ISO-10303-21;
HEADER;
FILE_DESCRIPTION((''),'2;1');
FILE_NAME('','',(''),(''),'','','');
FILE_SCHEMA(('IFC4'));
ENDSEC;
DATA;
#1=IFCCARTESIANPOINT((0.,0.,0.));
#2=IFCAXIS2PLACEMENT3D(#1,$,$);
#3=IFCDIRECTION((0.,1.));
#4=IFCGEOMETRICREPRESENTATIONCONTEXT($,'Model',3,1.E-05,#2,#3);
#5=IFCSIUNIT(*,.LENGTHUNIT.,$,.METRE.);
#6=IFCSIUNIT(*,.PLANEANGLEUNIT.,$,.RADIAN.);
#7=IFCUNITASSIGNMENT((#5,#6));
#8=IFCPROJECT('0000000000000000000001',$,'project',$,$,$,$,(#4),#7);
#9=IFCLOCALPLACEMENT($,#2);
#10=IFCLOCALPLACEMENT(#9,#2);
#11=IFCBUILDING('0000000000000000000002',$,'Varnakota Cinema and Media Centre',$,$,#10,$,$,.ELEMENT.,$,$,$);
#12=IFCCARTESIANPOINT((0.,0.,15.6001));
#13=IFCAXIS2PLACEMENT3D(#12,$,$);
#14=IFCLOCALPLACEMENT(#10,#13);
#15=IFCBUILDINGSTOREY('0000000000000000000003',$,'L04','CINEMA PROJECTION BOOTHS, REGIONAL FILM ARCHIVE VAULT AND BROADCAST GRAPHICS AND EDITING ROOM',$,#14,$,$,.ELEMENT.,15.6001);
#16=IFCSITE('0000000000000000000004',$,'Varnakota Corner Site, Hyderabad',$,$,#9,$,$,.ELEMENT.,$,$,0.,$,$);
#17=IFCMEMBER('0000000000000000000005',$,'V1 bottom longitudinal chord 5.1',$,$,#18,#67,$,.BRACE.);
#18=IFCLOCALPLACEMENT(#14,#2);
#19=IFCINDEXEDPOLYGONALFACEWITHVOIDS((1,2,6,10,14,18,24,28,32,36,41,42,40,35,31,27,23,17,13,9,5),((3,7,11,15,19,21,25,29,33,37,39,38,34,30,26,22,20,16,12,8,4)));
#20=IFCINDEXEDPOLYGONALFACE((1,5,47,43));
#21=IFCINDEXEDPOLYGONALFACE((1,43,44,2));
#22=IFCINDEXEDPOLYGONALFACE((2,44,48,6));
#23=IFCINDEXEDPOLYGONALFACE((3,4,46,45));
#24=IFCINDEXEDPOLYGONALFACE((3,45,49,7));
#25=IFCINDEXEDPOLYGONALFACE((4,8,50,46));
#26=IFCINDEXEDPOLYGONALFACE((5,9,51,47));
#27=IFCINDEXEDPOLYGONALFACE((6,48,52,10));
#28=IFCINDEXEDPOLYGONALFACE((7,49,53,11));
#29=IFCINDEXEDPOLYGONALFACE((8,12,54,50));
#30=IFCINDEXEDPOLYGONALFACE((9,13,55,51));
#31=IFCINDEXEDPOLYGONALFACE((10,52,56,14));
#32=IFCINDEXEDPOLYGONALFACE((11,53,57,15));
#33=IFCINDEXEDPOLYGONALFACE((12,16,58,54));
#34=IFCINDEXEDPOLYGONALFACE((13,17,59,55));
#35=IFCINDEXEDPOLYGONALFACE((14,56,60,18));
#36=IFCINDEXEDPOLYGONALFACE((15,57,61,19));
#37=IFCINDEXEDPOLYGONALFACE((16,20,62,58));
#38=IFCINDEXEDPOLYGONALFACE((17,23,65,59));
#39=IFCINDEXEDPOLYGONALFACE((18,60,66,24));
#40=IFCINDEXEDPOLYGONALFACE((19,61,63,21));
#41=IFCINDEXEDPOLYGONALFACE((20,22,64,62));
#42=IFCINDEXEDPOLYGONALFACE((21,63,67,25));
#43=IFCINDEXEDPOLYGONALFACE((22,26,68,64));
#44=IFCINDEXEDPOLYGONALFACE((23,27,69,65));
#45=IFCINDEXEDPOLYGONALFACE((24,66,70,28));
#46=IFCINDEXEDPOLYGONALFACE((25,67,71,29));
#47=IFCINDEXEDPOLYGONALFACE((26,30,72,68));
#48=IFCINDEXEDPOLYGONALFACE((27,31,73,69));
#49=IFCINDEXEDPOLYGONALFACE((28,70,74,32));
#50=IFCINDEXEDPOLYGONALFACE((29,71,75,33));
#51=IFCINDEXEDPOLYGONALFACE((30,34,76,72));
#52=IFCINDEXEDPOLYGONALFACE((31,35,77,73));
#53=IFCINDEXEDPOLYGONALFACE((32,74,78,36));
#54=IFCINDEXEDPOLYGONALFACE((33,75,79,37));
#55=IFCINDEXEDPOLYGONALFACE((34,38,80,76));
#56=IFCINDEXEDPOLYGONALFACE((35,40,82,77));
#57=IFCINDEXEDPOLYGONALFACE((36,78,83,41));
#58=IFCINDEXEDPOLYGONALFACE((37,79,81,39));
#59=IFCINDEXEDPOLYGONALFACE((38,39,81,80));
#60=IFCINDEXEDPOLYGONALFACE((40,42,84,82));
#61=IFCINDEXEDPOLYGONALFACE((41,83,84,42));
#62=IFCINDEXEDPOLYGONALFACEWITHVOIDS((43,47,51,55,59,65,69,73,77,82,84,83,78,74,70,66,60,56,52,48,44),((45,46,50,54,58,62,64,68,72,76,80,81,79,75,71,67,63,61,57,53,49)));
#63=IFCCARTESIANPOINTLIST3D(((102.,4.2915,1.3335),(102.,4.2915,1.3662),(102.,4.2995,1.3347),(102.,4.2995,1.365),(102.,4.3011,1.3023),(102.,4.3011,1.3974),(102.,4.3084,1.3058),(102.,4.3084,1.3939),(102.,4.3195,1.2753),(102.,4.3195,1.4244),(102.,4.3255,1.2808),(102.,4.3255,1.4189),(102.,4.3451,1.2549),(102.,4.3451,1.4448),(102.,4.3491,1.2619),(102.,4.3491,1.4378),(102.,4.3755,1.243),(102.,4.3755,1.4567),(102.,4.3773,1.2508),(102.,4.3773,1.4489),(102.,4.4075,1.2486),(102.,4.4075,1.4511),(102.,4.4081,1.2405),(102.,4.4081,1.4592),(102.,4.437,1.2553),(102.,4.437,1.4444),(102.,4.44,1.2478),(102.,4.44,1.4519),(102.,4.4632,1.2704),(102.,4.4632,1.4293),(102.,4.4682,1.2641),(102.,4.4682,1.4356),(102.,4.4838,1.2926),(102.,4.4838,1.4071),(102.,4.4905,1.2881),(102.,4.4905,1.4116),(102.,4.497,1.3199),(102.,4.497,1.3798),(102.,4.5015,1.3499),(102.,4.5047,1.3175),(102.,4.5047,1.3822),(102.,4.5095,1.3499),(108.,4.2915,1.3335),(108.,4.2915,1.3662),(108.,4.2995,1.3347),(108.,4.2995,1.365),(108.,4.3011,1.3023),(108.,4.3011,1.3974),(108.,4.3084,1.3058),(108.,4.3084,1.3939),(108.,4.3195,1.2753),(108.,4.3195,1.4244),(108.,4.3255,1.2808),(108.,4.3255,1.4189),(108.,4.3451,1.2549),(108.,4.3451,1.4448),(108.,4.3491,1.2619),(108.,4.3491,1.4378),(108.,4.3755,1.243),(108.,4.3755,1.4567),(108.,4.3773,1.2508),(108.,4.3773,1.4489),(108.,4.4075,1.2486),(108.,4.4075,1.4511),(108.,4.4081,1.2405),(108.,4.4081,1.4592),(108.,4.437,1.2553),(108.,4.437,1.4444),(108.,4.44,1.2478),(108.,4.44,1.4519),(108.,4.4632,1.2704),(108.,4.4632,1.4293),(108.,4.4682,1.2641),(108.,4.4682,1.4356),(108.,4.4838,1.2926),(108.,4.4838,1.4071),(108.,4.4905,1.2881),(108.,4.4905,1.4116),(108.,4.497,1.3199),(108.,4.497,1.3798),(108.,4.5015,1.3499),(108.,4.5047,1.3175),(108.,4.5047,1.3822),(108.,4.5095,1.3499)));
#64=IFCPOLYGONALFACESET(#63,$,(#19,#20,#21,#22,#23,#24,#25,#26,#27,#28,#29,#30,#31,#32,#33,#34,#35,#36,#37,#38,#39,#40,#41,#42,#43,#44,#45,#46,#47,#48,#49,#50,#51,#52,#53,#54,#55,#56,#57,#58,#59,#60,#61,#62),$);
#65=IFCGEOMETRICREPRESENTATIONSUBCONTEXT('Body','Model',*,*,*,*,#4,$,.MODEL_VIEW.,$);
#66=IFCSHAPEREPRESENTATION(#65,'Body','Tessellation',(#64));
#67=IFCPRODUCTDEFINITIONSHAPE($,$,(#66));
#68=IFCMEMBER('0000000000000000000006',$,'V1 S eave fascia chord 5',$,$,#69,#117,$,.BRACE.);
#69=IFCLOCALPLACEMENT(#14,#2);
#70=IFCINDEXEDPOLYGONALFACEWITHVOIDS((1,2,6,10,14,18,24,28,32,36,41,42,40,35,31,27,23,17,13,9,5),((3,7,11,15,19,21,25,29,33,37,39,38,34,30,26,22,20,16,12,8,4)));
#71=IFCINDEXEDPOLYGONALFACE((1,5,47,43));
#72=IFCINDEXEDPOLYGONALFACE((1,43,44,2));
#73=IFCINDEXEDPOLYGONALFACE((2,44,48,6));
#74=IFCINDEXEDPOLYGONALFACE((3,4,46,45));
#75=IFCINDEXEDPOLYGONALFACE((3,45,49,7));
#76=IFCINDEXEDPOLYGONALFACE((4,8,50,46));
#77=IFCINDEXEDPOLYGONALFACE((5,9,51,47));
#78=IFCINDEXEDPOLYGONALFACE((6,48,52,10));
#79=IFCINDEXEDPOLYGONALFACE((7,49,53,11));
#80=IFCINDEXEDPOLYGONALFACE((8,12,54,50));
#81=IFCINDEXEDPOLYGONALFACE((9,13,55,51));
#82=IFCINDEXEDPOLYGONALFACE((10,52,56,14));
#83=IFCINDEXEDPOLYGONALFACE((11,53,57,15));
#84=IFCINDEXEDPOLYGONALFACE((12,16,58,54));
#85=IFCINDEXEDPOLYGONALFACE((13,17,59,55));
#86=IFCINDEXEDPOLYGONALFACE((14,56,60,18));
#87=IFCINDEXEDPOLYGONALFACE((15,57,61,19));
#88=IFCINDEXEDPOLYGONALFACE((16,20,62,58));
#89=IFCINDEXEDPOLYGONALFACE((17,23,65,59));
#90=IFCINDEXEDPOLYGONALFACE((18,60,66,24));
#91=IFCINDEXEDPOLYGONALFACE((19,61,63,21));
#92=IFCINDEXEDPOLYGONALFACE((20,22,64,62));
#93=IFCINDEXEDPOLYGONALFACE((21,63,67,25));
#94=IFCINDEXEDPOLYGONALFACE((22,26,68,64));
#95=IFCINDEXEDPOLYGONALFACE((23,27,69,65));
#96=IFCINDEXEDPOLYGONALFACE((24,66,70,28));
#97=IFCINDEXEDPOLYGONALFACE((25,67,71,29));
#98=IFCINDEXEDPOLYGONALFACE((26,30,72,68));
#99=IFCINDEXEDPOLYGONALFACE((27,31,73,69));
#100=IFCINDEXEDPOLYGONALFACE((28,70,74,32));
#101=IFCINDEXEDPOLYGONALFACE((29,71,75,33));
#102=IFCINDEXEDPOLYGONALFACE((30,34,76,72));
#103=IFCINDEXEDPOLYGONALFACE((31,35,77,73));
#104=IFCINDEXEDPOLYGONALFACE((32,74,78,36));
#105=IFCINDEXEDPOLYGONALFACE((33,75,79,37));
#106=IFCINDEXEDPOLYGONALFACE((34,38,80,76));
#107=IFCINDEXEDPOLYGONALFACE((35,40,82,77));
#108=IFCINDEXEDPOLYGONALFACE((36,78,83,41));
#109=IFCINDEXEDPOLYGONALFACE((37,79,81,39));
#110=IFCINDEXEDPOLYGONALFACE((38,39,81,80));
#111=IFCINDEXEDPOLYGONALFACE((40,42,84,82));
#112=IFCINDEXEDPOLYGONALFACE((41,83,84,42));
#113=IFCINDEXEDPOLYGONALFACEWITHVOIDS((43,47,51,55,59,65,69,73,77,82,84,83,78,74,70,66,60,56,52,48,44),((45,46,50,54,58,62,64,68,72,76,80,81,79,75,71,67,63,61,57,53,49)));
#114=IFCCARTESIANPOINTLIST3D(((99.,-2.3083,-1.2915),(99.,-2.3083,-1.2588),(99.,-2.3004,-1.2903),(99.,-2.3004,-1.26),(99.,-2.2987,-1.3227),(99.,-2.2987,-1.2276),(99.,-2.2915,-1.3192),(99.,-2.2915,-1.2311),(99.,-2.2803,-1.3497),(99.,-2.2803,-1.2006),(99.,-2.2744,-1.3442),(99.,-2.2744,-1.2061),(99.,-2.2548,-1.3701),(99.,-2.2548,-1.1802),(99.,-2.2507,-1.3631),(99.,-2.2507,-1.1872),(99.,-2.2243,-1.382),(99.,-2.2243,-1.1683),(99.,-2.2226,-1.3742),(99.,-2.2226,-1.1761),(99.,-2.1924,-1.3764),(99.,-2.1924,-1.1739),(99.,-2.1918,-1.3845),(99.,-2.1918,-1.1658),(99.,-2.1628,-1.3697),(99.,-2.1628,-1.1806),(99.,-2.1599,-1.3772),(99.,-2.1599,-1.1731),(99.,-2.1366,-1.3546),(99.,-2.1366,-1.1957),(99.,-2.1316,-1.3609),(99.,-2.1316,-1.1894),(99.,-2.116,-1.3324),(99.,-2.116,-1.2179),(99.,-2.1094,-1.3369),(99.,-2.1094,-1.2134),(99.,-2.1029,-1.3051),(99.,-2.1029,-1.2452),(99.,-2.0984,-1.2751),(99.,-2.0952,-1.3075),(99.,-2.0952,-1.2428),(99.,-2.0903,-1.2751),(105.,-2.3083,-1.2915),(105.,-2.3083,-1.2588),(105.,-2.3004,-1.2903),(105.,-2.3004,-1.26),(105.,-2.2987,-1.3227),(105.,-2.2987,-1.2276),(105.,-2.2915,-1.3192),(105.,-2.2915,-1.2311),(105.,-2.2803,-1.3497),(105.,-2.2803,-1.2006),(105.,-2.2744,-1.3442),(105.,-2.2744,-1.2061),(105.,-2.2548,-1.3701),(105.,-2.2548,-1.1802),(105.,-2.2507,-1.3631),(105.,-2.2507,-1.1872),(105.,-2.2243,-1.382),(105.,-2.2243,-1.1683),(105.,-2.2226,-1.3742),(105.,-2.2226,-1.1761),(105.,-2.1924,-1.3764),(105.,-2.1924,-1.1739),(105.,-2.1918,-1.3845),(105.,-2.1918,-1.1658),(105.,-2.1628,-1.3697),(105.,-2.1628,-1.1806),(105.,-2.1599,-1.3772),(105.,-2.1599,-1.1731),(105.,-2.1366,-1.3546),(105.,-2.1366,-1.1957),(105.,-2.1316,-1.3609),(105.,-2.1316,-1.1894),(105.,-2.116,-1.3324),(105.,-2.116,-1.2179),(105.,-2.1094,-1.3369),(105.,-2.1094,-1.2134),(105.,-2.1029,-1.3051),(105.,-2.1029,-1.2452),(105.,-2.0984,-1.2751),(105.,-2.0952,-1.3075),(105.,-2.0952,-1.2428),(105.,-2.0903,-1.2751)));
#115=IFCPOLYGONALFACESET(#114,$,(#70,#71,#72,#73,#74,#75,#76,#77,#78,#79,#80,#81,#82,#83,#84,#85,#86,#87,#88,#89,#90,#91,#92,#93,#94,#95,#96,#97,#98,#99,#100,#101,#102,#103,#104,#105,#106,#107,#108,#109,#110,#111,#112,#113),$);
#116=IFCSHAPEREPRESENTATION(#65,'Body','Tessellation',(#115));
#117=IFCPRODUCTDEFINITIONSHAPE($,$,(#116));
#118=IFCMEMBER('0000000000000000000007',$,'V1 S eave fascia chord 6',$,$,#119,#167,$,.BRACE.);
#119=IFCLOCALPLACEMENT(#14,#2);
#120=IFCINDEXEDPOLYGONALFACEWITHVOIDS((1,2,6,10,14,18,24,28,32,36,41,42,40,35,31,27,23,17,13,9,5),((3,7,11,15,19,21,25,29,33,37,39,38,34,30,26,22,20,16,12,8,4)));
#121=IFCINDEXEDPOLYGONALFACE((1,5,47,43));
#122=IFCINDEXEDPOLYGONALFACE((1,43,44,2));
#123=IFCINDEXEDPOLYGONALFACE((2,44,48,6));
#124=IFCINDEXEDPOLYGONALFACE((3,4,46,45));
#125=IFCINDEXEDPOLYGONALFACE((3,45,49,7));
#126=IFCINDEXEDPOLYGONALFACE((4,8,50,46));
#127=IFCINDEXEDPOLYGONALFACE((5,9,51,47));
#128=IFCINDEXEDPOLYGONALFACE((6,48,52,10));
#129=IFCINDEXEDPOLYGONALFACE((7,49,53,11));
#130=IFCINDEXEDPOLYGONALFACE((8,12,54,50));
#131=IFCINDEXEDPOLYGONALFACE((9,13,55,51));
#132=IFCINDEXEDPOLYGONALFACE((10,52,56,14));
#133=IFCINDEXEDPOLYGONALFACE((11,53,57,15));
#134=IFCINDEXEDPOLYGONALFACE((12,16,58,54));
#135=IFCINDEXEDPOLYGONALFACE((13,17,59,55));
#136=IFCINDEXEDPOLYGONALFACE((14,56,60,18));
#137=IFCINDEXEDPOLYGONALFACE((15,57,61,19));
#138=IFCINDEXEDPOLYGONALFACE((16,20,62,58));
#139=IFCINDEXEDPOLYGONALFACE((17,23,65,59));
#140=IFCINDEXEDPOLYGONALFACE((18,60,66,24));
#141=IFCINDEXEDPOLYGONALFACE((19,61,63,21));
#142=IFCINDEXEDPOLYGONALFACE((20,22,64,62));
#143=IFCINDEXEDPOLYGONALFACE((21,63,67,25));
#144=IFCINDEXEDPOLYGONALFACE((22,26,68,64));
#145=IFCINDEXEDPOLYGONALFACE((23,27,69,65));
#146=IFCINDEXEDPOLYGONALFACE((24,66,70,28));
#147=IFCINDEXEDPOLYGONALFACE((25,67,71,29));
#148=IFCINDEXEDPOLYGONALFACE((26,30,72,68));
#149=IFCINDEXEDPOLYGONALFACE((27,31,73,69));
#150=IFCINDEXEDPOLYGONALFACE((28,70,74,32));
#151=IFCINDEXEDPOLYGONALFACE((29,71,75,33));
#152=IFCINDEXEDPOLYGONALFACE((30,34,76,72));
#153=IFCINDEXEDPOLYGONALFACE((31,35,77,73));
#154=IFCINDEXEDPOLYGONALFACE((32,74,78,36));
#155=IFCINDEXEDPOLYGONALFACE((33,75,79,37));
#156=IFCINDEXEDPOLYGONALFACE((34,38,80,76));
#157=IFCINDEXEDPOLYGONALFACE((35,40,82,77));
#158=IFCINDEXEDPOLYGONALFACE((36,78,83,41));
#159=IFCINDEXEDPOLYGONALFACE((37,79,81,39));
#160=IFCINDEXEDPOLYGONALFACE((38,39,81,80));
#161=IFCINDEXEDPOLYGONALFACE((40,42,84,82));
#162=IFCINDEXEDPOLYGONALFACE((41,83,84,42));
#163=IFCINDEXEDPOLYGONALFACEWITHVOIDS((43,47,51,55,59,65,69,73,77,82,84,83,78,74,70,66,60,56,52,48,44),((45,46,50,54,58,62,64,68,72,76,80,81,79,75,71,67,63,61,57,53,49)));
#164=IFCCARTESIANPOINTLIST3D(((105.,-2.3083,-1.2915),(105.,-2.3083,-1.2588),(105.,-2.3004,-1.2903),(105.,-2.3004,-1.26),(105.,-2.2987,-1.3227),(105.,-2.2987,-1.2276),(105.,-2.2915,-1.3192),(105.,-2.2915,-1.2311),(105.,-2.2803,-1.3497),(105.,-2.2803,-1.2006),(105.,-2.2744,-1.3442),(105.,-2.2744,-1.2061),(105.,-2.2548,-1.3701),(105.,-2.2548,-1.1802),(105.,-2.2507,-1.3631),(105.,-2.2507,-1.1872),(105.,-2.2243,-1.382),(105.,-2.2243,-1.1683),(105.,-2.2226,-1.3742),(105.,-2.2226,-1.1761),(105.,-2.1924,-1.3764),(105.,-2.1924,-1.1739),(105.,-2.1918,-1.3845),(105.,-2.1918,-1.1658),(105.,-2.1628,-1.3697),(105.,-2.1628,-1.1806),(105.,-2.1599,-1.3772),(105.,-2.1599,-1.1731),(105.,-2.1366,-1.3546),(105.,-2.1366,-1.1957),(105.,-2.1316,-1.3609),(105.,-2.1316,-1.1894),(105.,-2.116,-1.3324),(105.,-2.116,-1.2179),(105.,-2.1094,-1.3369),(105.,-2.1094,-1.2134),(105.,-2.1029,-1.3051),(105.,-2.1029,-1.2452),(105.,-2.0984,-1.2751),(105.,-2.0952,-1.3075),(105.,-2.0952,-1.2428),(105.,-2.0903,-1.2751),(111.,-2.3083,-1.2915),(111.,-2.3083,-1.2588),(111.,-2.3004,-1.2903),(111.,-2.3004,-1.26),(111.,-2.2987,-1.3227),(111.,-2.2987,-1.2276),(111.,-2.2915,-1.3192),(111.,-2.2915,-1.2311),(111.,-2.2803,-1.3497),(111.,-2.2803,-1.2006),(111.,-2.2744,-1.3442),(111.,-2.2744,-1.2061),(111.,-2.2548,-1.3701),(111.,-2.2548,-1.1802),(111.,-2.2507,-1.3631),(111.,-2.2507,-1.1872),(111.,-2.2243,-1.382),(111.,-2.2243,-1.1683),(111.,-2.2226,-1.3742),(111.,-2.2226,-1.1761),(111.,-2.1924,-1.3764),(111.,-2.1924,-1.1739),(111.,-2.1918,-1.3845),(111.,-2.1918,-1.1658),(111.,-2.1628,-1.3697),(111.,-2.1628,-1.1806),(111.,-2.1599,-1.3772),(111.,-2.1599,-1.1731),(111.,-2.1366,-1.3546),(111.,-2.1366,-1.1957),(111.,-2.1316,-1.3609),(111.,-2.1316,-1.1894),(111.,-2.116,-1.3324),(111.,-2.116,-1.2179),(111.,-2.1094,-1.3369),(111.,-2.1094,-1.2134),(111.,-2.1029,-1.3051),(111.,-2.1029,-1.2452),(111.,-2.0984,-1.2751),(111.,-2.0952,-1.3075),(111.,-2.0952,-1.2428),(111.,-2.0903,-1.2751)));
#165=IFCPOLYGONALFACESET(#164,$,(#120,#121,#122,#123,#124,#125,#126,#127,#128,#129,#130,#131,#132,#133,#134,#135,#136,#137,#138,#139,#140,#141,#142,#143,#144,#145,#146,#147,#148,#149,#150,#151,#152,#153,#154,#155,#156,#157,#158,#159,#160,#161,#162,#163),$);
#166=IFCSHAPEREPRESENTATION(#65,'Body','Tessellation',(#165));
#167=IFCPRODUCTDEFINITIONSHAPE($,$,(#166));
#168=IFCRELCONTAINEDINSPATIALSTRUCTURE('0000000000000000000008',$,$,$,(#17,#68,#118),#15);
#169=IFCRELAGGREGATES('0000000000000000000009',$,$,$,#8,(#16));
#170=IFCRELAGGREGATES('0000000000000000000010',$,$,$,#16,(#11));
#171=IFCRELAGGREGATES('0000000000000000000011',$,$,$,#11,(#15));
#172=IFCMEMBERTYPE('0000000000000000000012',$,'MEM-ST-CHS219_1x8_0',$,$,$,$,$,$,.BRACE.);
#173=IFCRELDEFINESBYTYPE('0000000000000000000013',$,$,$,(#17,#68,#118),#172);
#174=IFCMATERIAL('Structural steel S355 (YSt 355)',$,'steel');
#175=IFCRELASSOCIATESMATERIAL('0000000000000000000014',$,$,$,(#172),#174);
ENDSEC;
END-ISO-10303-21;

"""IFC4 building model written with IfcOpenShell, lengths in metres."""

from ifc_helpers import new_model, si_unit, direction, frame, origin, origin_2d, place, context, subcontext, project, spatial, hollow_circle, extrude, material, material_profile, profile_set, type_object, element, save


model = new_model("IFC4")

# Units and contexts
model_context = context("Model", 3, precision=1e-05, world=origin(), true_north=direction((0.0, 1.0)))
body_context = subcontext(model_context, "Body", "Model", "MODEL_VIEW")
ifc_project = project(units=[si_unit("LENGTHUNIT", "METRE"), si_unit("PLANEANGLEUNIT", "RADIAN")], contexts=[model_context])

# Site, building, storey
site_placement = place(None, origin())
site = spatial("IfcSite", under=ifc_project, at=site_placement, Name="Varnakota Corner Site, Hyderabad", CompositionType="ELEMENT", RefElevation=0.0)
building_placement = place(site_placement, origin())
building = spatial("IfcBuilding", under=site, at=building_placement, Name="Varnakota Cinema and Media Centre", CompositionType="ELEMENT")
storey_placement = place(building_placement, frame((0.0, 0.0, 15.6001)))
storey = spatial("IfcBuildingStorey", under=building, at=storey_placement, Name="L04", Description="CINEMA PROJECTION BOOTHS, REGIONAL FILM ARCHIVE VAULT AND BROADCAST GRAPHICS AND EDITING ROOM", CompositionType="ELEMENT", Elevation=15.6001)

# Members
ifc_material_1 = material(Name="Structural steel S355 (YSt 355)", Category="steel")
ifc_material_profile_1 = material_profile(ifc_material_1, hollow_circle(Radius=0.1096, WallThickness=0.0081, at=origin_2d()), Name="CHS 219.1x8.0")
ifc_profile_set_1 = profile_set([ifc_material_profile_1], Name="Structural steel S355 (YSt 355)")
member_type_1 = type_object("IfcMemberType", Name="MEM-ST-CHS219_1x8_0", PredefinedType="BRACE", material=ifc_profile_set_1)
for number, where, z_axis, x_axis, name in (
    (1, (102.0, 4.3999, 1.3499), (1.0, 0.0, 0.0), (0.0, 1.0, 0.0), "V1 bottom longitudinal chord 5.1"),
    (2, (99.0, -2.2, -1.2751), (1.0, 0.0, 0.0), (0.0, 1.0, 0.0), "V1 S eave fascia chord 5"),
    (3, (105.0, -2.2, -1.2751), (1.0, 0.0, 0.0), (0.0, 1.0, 0.0), "V1 S eave fascia chord 6"),
):
    element("IfcMember", number, at=place(storey_placement, frame(where, z_axis=z_axis, x_axis=x_axis)), inside=storey, type_object=member_type_1, Name=name, PredefinedType="BRACE", context=body_context, shape_type="SweptSolid", body=[
        extrude(hollow_circle(Radius=0.1096, WallThickness=0.0081, at=origin_2d()), origin(), (0.0, 0.0, 1.0), 6.0),
    ])

save(model, "model.ifc")
